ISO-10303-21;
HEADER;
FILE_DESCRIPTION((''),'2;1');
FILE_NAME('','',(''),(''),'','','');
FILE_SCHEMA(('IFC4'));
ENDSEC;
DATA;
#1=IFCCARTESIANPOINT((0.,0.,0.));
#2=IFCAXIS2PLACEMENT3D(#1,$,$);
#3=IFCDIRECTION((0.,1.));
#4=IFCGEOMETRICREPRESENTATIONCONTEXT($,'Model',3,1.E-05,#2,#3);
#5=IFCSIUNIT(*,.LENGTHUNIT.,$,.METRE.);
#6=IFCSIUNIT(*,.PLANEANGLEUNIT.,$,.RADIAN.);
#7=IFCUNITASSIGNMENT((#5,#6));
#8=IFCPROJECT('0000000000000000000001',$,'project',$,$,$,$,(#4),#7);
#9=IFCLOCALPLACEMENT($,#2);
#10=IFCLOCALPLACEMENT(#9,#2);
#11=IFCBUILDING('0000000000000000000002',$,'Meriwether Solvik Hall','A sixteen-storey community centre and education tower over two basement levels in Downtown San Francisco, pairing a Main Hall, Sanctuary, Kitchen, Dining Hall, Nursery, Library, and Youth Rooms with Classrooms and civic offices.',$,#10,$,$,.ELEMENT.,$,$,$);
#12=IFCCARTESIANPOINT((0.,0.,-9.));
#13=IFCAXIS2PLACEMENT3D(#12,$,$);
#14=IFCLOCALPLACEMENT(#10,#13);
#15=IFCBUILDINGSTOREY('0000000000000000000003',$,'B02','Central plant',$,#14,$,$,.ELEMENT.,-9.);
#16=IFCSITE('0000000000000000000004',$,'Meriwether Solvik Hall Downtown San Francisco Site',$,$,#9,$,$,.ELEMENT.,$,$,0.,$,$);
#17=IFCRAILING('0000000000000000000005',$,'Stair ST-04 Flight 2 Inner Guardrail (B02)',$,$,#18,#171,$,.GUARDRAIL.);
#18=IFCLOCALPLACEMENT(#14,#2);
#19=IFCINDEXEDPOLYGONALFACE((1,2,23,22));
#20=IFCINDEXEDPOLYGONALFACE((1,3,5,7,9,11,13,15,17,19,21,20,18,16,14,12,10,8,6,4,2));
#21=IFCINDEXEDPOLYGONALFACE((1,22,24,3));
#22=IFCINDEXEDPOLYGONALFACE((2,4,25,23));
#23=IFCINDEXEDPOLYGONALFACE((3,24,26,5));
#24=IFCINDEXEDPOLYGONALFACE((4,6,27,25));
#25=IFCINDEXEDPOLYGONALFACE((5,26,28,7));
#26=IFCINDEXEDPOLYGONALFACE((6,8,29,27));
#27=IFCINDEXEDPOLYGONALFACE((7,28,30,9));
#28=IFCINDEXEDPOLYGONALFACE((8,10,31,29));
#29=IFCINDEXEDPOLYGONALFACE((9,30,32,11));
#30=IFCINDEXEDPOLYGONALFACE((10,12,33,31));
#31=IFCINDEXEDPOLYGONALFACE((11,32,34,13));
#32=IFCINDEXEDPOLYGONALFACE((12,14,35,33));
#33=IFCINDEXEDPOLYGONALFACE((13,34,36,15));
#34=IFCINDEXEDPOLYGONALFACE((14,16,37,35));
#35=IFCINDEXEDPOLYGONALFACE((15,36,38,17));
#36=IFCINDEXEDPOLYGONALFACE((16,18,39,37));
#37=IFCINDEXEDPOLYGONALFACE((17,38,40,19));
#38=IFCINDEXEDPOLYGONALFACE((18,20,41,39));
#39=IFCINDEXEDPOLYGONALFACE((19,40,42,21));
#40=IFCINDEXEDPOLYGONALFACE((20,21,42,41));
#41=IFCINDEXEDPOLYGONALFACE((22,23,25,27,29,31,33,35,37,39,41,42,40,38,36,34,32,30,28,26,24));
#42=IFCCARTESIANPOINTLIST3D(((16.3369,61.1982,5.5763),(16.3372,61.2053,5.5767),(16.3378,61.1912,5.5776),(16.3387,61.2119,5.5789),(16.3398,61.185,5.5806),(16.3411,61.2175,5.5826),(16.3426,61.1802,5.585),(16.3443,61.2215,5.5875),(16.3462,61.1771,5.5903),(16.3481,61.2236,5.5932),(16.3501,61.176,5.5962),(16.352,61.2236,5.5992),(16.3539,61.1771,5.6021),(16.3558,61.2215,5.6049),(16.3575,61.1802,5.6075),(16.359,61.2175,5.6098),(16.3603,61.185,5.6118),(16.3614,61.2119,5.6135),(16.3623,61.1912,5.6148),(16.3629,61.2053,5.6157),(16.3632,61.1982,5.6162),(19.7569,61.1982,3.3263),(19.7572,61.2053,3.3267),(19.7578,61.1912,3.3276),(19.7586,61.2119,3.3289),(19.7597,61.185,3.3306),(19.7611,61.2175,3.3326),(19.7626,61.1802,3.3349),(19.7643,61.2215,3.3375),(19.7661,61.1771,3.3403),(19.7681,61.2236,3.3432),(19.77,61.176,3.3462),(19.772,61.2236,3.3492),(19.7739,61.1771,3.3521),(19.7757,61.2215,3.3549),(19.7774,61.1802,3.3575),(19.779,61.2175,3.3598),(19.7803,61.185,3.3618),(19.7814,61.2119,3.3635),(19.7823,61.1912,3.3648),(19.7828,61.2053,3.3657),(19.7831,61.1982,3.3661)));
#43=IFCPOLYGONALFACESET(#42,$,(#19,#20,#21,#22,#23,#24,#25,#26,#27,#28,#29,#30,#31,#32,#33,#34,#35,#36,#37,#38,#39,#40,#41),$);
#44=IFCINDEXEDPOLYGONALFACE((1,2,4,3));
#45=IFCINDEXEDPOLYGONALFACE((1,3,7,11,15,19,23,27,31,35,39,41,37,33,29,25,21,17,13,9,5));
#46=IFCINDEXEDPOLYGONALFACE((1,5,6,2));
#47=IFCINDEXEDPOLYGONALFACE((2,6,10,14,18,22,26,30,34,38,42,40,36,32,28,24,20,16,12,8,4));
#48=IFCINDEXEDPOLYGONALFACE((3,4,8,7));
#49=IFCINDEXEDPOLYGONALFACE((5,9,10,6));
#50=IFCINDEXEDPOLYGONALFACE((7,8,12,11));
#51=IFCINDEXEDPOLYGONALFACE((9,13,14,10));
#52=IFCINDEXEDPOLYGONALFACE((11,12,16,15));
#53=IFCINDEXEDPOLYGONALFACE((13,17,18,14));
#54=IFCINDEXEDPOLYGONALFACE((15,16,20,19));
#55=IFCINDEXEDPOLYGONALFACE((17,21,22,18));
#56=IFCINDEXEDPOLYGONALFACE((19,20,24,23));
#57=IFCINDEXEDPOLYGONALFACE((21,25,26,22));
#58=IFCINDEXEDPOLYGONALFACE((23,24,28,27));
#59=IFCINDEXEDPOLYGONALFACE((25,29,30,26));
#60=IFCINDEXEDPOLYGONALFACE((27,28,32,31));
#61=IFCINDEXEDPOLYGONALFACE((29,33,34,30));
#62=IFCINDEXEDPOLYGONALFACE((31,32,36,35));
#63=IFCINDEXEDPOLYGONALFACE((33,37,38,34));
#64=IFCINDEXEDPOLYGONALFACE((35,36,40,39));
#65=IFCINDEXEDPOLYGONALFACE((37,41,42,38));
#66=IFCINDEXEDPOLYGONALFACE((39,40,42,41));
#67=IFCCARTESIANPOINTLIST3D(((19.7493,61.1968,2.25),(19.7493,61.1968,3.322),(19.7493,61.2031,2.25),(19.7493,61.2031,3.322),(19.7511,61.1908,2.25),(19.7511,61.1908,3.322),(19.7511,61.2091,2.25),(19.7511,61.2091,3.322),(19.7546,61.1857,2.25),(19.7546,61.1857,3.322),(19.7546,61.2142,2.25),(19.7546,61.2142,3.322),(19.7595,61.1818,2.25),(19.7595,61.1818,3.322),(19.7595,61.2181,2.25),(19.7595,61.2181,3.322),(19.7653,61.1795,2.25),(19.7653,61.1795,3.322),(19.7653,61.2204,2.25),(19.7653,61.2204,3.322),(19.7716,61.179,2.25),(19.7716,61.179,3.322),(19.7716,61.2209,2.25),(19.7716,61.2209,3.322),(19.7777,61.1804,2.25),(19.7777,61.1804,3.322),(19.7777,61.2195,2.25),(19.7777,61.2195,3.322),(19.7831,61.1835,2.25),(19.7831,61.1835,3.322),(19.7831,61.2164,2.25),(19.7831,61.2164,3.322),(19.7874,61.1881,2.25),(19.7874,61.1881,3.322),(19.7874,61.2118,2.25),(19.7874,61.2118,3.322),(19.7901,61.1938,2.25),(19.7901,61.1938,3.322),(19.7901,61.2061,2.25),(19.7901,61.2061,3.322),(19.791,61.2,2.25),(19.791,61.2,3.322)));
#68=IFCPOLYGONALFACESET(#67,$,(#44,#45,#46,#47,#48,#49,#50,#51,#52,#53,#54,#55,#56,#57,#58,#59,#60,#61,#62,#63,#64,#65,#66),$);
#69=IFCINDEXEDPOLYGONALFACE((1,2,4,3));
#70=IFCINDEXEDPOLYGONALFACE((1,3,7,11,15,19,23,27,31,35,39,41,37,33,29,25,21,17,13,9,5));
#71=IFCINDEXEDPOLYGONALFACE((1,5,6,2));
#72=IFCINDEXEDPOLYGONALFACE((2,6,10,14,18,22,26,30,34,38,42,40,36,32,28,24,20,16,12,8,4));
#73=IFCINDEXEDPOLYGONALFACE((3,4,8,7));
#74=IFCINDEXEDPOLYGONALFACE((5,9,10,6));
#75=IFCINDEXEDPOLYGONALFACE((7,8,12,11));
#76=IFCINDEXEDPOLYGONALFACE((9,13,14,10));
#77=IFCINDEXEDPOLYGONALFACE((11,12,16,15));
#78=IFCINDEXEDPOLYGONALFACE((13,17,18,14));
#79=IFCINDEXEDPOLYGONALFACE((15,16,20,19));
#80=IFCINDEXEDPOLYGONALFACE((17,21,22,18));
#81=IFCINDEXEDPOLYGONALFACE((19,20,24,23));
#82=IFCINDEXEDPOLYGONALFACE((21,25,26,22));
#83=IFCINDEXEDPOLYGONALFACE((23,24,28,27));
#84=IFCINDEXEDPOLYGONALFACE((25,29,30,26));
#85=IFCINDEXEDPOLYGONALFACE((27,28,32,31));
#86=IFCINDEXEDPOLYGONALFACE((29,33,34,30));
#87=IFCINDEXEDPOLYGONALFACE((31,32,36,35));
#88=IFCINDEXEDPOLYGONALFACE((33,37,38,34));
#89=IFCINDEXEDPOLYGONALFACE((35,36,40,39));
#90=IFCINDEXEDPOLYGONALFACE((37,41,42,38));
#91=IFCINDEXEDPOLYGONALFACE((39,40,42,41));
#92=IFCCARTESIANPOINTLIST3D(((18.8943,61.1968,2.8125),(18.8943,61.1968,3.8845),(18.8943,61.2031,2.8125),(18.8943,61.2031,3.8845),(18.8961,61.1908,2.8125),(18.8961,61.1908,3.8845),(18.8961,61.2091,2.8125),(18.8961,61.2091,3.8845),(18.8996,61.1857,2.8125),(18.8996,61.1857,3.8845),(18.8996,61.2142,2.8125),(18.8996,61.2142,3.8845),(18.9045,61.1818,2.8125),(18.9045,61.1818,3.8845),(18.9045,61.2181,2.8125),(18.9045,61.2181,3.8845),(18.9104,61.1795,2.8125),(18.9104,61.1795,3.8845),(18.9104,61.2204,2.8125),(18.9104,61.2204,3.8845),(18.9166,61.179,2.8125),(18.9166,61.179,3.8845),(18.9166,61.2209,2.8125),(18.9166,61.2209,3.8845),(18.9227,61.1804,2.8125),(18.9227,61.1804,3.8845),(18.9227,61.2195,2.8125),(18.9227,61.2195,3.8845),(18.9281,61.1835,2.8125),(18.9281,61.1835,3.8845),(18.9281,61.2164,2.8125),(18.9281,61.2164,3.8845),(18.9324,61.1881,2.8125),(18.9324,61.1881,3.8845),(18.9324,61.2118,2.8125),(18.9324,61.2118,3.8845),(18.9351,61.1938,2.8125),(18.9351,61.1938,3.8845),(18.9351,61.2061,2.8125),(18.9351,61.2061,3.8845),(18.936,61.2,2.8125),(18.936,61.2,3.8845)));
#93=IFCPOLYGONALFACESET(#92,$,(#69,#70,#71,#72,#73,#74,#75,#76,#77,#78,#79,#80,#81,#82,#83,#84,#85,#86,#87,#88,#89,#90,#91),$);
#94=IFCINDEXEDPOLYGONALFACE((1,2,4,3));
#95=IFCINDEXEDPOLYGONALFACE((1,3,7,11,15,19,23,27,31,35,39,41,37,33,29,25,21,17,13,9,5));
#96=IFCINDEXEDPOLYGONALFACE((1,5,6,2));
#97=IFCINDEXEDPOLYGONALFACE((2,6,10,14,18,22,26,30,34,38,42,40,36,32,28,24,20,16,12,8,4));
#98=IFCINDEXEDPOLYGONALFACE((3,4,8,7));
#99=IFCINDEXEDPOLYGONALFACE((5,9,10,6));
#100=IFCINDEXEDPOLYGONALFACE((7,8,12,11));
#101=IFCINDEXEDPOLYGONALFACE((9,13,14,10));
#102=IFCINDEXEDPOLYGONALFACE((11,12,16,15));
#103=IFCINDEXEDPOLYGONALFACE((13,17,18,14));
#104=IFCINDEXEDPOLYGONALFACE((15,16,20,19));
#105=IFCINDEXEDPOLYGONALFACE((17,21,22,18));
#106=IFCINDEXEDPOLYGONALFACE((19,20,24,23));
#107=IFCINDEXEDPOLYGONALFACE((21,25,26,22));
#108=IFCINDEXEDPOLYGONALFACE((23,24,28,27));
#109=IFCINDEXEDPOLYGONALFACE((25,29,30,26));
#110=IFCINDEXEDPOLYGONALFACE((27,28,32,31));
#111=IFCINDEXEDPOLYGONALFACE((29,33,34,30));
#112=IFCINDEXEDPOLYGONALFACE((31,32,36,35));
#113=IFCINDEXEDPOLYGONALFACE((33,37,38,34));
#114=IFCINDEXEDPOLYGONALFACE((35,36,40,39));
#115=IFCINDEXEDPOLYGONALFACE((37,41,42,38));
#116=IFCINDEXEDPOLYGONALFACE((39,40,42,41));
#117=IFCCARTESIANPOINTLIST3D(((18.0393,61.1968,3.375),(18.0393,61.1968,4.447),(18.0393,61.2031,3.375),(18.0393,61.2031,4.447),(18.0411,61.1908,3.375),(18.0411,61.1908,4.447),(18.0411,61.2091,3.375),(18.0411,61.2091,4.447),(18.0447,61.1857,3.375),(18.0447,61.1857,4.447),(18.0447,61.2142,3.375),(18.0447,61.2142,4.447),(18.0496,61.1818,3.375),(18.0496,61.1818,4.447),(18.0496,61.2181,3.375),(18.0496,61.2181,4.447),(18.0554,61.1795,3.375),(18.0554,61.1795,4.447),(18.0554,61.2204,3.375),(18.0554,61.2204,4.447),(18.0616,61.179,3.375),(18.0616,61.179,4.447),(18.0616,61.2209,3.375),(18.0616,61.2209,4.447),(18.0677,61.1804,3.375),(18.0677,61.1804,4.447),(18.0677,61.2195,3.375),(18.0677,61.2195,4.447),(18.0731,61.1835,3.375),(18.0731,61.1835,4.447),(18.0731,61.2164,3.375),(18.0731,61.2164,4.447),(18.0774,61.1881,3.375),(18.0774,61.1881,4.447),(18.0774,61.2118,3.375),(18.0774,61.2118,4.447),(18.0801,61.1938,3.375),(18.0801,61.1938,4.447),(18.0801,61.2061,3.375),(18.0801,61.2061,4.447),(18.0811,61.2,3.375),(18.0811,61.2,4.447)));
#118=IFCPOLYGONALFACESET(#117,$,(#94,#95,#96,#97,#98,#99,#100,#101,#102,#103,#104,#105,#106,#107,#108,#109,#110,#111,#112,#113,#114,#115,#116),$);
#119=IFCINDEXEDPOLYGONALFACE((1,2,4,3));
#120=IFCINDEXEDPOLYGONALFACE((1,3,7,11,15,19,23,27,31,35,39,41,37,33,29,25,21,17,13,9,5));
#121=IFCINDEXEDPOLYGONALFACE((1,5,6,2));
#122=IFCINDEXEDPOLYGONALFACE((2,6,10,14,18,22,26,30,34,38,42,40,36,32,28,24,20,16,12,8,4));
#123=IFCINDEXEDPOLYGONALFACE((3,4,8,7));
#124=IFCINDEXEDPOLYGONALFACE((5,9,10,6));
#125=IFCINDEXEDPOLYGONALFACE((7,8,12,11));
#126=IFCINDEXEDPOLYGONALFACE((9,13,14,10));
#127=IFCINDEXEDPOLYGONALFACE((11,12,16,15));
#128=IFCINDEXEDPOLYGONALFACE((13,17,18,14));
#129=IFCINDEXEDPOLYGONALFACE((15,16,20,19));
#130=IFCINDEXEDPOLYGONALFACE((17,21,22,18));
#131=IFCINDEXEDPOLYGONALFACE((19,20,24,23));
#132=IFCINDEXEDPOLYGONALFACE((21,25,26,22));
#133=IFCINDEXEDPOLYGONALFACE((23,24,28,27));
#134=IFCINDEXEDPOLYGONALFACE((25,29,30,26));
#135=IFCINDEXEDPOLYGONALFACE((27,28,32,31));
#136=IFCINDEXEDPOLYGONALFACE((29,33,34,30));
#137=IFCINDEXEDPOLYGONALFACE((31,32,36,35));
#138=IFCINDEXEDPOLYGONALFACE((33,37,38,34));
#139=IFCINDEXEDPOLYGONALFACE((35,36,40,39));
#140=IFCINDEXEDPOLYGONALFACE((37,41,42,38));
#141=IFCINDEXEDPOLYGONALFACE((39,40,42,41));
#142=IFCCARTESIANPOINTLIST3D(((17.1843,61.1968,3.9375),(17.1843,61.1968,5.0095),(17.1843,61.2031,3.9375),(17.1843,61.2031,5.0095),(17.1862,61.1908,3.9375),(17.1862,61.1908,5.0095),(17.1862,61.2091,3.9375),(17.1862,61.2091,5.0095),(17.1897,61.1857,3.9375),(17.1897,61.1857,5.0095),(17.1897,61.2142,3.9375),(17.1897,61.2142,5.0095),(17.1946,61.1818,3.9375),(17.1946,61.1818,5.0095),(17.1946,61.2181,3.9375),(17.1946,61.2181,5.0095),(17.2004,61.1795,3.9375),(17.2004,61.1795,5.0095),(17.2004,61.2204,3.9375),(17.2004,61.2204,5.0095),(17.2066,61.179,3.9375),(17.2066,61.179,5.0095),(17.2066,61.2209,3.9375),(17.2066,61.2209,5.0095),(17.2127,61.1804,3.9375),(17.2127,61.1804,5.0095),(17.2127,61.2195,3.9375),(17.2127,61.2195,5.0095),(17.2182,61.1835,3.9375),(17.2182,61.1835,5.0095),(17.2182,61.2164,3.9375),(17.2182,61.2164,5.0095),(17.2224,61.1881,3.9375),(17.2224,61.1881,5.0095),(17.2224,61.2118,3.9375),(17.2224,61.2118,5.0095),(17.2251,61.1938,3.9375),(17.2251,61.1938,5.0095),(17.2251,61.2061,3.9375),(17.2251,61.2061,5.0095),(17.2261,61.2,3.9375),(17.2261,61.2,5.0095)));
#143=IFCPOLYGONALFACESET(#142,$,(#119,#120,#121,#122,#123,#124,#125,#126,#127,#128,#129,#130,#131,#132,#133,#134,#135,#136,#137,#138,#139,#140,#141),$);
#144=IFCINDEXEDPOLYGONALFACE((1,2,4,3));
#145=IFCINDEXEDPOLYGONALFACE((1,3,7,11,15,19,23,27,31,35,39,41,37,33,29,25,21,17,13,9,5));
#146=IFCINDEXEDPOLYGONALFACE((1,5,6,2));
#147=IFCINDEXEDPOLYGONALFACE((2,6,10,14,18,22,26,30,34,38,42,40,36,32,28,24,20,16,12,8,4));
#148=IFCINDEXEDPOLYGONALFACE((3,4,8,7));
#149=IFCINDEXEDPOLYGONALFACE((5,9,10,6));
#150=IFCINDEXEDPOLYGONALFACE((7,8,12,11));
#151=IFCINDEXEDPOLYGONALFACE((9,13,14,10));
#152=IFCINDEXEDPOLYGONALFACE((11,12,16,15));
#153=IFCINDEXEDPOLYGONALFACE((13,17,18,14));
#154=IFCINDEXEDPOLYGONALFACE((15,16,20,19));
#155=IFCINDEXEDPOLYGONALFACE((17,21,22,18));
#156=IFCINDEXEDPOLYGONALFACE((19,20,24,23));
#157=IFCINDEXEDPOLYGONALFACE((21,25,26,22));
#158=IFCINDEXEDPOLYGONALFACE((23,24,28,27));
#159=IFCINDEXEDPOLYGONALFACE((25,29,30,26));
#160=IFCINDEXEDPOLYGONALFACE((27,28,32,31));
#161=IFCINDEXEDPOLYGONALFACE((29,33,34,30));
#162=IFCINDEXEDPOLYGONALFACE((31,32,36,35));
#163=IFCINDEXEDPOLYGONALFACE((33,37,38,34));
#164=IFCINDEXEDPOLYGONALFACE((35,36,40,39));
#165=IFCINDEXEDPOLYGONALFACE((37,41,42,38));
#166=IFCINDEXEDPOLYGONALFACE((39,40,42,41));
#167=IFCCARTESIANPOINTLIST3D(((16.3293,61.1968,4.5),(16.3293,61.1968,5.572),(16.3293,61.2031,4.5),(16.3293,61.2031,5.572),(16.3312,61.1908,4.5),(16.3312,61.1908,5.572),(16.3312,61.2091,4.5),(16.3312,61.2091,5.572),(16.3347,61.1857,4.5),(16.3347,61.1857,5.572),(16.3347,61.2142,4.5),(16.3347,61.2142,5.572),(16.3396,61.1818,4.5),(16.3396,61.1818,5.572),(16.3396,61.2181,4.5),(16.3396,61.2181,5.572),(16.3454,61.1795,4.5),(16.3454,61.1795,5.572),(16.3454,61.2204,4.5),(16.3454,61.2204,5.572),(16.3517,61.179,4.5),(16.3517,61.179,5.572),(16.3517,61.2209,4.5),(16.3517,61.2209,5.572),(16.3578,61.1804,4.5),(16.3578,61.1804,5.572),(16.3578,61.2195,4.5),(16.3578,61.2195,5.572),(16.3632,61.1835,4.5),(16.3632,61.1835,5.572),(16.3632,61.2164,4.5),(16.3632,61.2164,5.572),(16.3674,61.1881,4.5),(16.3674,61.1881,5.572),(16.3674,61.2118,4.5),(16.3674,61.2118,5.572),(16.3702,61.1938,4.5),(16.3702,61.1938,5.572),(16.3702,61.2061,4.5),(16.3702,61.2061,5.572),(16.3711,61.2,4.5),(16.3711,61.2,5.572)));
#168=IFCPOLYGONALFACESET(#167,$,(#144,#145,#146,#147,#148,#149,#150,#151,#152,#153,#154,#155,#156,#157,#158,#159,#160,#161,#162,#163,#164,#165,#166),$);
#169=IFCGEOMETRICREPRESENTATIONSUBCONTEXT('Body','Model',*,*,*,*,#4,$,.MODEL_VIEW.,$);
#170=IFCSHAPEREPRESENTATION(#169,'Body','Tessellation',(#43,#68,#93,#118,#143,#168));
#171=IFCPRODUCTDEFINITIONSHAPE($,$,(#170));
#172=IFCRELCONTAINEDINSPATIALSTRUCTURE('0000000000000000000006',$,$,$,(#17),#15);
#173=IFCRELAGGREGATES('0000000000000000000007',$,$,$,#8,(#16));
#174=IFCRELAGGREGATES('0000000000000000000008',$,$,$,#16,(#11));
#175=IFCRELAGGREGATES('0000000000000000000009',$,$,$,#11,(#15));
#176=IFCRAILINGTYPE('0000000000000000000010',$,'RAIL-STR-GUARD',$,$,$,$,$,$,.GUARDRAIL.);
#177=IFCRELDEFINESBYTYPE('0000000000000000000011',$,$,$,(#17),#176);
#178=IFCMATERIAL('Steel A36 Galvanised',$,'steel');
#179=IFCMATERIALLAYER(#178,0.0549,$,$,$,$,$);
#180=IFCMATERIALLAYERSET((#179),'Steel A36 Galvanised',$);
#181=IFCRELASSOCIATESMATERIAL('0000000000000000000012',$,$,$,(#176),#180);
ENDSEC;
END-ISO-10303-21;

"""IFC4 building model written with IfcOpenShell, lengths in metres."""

from ifc_helpers import new_model, si_unit, direction, frame, origin, origin_2d, place, context, subcontext, project, spatial, circle, extrude, material, layer, layer_set, type_object, element, save


model = new_model("IFC4")

# Units and contexts
model_context = context("Model", 3, precision=1e-05, world=origin(), true_north=direction((0.0, 1.0)))
body_context = subcontext(model_context, "Body", "Model", "MODEL_VIEW")
ifc_project = project(units=[si_unit("LENGTHUNIT", "METRE"), si_unit("PLANEANGLEUNIT", "RADIAN")], contexts=[model_context])

# Site, building, storey
site_placement = place(None, origin())
site = spatial("IfcSite", under=ifc_project, at=site_placement, Name="Meriwether Solvik Hall Downtown San Francisco Site", CompositionType="ELEMENT", RefElevation=0.0)
building_placement = place(site_placement, origin())
building = spatial("IfcBuilding", under=site, at=building_placement, Name="Meriwether Solvik Hall", Description="A sixteen-storey community centre and education tower over two basement levels in Downtown San Francisco, pairing a Main Hall, Sanctuary, Kitchen, Dining Hall, Nursery, Library, and Youth Rooms with Classrooms and civic offices.", CompositionType="ELEMENT")
storey_placement = place(building_placement, frame((0.0, 0.0, -9.0)))
storey = spatial("IfcBuildingStorey", under=building, at=storey_placement, Name="B02", Description="Central plant", CompositionType="ELEMENT", Elevation=-9.0)

# Railing
ifc_material_1 = material(Name="Steel A36 Galvanised", Category="steel")
ifc_layer_1 = layer(ifc_material_1, 0.0549)
ifc_layer_set_1 = layer_set([ifc_layer_1], Name="Steel A36 Galvanised")
railing_type_1 = type_object("IfcRailingType", Name="RAIL-STR-GUARD", PredefinedType="GUARDRAIL", material=ifc_layer_set_1)
railing_1_placement = place(storey_placement, frame((19.77, 61.2, 2.25)))
element("IfcRailing", 1, at=railing_1_placement, inside=storey, type_object=railing_type_1, Name="Stair ST-04 Flight 2 Inner Guardrail (B02)", PredefinedType="GUARDRAIL", context=body_context, shape_type="SweptSolid", body=[
    extrude(circle(Radius=0.0239, at=origin_2d()), frame((0.0, 0.0, 1.0962), z_axis=(-0.835411, 0.0, 0.549625), x_axis=(0.0, -1.0, 0.0)), (0.0, 0.0, 1.0), 4.0938),
    extrude(circle(Radius=0.021, at=origin_2d()), origin(), (0.0, 0.0, 1.0), 1.072),
    extrude(circle(Radius=0.021, at=origin_2d()), frame((-0.855, 0.0, 0.5625)), (0.0, 0.0, 1.0), 1.072),
    extrude(circle(Radius=0.021, at=origin_2d()), frame((-1.71, 0.0, 1.125)), (0.0, 0.0, 1.0), 1.072),
    extrude(circle(Radius=0.021, at=origin_2d()), frame((-2.5649, 0.0, 1.6875)), (0.0, 0.0, 1.0), 1.072),
    extrude(circle(Radius=0.021, at=origin_2d()), frame((-3.4199, 0.0, 2.25)), (0.0, 0.0, 1.0), 1.072),
])

save(model, "model.ifc")
